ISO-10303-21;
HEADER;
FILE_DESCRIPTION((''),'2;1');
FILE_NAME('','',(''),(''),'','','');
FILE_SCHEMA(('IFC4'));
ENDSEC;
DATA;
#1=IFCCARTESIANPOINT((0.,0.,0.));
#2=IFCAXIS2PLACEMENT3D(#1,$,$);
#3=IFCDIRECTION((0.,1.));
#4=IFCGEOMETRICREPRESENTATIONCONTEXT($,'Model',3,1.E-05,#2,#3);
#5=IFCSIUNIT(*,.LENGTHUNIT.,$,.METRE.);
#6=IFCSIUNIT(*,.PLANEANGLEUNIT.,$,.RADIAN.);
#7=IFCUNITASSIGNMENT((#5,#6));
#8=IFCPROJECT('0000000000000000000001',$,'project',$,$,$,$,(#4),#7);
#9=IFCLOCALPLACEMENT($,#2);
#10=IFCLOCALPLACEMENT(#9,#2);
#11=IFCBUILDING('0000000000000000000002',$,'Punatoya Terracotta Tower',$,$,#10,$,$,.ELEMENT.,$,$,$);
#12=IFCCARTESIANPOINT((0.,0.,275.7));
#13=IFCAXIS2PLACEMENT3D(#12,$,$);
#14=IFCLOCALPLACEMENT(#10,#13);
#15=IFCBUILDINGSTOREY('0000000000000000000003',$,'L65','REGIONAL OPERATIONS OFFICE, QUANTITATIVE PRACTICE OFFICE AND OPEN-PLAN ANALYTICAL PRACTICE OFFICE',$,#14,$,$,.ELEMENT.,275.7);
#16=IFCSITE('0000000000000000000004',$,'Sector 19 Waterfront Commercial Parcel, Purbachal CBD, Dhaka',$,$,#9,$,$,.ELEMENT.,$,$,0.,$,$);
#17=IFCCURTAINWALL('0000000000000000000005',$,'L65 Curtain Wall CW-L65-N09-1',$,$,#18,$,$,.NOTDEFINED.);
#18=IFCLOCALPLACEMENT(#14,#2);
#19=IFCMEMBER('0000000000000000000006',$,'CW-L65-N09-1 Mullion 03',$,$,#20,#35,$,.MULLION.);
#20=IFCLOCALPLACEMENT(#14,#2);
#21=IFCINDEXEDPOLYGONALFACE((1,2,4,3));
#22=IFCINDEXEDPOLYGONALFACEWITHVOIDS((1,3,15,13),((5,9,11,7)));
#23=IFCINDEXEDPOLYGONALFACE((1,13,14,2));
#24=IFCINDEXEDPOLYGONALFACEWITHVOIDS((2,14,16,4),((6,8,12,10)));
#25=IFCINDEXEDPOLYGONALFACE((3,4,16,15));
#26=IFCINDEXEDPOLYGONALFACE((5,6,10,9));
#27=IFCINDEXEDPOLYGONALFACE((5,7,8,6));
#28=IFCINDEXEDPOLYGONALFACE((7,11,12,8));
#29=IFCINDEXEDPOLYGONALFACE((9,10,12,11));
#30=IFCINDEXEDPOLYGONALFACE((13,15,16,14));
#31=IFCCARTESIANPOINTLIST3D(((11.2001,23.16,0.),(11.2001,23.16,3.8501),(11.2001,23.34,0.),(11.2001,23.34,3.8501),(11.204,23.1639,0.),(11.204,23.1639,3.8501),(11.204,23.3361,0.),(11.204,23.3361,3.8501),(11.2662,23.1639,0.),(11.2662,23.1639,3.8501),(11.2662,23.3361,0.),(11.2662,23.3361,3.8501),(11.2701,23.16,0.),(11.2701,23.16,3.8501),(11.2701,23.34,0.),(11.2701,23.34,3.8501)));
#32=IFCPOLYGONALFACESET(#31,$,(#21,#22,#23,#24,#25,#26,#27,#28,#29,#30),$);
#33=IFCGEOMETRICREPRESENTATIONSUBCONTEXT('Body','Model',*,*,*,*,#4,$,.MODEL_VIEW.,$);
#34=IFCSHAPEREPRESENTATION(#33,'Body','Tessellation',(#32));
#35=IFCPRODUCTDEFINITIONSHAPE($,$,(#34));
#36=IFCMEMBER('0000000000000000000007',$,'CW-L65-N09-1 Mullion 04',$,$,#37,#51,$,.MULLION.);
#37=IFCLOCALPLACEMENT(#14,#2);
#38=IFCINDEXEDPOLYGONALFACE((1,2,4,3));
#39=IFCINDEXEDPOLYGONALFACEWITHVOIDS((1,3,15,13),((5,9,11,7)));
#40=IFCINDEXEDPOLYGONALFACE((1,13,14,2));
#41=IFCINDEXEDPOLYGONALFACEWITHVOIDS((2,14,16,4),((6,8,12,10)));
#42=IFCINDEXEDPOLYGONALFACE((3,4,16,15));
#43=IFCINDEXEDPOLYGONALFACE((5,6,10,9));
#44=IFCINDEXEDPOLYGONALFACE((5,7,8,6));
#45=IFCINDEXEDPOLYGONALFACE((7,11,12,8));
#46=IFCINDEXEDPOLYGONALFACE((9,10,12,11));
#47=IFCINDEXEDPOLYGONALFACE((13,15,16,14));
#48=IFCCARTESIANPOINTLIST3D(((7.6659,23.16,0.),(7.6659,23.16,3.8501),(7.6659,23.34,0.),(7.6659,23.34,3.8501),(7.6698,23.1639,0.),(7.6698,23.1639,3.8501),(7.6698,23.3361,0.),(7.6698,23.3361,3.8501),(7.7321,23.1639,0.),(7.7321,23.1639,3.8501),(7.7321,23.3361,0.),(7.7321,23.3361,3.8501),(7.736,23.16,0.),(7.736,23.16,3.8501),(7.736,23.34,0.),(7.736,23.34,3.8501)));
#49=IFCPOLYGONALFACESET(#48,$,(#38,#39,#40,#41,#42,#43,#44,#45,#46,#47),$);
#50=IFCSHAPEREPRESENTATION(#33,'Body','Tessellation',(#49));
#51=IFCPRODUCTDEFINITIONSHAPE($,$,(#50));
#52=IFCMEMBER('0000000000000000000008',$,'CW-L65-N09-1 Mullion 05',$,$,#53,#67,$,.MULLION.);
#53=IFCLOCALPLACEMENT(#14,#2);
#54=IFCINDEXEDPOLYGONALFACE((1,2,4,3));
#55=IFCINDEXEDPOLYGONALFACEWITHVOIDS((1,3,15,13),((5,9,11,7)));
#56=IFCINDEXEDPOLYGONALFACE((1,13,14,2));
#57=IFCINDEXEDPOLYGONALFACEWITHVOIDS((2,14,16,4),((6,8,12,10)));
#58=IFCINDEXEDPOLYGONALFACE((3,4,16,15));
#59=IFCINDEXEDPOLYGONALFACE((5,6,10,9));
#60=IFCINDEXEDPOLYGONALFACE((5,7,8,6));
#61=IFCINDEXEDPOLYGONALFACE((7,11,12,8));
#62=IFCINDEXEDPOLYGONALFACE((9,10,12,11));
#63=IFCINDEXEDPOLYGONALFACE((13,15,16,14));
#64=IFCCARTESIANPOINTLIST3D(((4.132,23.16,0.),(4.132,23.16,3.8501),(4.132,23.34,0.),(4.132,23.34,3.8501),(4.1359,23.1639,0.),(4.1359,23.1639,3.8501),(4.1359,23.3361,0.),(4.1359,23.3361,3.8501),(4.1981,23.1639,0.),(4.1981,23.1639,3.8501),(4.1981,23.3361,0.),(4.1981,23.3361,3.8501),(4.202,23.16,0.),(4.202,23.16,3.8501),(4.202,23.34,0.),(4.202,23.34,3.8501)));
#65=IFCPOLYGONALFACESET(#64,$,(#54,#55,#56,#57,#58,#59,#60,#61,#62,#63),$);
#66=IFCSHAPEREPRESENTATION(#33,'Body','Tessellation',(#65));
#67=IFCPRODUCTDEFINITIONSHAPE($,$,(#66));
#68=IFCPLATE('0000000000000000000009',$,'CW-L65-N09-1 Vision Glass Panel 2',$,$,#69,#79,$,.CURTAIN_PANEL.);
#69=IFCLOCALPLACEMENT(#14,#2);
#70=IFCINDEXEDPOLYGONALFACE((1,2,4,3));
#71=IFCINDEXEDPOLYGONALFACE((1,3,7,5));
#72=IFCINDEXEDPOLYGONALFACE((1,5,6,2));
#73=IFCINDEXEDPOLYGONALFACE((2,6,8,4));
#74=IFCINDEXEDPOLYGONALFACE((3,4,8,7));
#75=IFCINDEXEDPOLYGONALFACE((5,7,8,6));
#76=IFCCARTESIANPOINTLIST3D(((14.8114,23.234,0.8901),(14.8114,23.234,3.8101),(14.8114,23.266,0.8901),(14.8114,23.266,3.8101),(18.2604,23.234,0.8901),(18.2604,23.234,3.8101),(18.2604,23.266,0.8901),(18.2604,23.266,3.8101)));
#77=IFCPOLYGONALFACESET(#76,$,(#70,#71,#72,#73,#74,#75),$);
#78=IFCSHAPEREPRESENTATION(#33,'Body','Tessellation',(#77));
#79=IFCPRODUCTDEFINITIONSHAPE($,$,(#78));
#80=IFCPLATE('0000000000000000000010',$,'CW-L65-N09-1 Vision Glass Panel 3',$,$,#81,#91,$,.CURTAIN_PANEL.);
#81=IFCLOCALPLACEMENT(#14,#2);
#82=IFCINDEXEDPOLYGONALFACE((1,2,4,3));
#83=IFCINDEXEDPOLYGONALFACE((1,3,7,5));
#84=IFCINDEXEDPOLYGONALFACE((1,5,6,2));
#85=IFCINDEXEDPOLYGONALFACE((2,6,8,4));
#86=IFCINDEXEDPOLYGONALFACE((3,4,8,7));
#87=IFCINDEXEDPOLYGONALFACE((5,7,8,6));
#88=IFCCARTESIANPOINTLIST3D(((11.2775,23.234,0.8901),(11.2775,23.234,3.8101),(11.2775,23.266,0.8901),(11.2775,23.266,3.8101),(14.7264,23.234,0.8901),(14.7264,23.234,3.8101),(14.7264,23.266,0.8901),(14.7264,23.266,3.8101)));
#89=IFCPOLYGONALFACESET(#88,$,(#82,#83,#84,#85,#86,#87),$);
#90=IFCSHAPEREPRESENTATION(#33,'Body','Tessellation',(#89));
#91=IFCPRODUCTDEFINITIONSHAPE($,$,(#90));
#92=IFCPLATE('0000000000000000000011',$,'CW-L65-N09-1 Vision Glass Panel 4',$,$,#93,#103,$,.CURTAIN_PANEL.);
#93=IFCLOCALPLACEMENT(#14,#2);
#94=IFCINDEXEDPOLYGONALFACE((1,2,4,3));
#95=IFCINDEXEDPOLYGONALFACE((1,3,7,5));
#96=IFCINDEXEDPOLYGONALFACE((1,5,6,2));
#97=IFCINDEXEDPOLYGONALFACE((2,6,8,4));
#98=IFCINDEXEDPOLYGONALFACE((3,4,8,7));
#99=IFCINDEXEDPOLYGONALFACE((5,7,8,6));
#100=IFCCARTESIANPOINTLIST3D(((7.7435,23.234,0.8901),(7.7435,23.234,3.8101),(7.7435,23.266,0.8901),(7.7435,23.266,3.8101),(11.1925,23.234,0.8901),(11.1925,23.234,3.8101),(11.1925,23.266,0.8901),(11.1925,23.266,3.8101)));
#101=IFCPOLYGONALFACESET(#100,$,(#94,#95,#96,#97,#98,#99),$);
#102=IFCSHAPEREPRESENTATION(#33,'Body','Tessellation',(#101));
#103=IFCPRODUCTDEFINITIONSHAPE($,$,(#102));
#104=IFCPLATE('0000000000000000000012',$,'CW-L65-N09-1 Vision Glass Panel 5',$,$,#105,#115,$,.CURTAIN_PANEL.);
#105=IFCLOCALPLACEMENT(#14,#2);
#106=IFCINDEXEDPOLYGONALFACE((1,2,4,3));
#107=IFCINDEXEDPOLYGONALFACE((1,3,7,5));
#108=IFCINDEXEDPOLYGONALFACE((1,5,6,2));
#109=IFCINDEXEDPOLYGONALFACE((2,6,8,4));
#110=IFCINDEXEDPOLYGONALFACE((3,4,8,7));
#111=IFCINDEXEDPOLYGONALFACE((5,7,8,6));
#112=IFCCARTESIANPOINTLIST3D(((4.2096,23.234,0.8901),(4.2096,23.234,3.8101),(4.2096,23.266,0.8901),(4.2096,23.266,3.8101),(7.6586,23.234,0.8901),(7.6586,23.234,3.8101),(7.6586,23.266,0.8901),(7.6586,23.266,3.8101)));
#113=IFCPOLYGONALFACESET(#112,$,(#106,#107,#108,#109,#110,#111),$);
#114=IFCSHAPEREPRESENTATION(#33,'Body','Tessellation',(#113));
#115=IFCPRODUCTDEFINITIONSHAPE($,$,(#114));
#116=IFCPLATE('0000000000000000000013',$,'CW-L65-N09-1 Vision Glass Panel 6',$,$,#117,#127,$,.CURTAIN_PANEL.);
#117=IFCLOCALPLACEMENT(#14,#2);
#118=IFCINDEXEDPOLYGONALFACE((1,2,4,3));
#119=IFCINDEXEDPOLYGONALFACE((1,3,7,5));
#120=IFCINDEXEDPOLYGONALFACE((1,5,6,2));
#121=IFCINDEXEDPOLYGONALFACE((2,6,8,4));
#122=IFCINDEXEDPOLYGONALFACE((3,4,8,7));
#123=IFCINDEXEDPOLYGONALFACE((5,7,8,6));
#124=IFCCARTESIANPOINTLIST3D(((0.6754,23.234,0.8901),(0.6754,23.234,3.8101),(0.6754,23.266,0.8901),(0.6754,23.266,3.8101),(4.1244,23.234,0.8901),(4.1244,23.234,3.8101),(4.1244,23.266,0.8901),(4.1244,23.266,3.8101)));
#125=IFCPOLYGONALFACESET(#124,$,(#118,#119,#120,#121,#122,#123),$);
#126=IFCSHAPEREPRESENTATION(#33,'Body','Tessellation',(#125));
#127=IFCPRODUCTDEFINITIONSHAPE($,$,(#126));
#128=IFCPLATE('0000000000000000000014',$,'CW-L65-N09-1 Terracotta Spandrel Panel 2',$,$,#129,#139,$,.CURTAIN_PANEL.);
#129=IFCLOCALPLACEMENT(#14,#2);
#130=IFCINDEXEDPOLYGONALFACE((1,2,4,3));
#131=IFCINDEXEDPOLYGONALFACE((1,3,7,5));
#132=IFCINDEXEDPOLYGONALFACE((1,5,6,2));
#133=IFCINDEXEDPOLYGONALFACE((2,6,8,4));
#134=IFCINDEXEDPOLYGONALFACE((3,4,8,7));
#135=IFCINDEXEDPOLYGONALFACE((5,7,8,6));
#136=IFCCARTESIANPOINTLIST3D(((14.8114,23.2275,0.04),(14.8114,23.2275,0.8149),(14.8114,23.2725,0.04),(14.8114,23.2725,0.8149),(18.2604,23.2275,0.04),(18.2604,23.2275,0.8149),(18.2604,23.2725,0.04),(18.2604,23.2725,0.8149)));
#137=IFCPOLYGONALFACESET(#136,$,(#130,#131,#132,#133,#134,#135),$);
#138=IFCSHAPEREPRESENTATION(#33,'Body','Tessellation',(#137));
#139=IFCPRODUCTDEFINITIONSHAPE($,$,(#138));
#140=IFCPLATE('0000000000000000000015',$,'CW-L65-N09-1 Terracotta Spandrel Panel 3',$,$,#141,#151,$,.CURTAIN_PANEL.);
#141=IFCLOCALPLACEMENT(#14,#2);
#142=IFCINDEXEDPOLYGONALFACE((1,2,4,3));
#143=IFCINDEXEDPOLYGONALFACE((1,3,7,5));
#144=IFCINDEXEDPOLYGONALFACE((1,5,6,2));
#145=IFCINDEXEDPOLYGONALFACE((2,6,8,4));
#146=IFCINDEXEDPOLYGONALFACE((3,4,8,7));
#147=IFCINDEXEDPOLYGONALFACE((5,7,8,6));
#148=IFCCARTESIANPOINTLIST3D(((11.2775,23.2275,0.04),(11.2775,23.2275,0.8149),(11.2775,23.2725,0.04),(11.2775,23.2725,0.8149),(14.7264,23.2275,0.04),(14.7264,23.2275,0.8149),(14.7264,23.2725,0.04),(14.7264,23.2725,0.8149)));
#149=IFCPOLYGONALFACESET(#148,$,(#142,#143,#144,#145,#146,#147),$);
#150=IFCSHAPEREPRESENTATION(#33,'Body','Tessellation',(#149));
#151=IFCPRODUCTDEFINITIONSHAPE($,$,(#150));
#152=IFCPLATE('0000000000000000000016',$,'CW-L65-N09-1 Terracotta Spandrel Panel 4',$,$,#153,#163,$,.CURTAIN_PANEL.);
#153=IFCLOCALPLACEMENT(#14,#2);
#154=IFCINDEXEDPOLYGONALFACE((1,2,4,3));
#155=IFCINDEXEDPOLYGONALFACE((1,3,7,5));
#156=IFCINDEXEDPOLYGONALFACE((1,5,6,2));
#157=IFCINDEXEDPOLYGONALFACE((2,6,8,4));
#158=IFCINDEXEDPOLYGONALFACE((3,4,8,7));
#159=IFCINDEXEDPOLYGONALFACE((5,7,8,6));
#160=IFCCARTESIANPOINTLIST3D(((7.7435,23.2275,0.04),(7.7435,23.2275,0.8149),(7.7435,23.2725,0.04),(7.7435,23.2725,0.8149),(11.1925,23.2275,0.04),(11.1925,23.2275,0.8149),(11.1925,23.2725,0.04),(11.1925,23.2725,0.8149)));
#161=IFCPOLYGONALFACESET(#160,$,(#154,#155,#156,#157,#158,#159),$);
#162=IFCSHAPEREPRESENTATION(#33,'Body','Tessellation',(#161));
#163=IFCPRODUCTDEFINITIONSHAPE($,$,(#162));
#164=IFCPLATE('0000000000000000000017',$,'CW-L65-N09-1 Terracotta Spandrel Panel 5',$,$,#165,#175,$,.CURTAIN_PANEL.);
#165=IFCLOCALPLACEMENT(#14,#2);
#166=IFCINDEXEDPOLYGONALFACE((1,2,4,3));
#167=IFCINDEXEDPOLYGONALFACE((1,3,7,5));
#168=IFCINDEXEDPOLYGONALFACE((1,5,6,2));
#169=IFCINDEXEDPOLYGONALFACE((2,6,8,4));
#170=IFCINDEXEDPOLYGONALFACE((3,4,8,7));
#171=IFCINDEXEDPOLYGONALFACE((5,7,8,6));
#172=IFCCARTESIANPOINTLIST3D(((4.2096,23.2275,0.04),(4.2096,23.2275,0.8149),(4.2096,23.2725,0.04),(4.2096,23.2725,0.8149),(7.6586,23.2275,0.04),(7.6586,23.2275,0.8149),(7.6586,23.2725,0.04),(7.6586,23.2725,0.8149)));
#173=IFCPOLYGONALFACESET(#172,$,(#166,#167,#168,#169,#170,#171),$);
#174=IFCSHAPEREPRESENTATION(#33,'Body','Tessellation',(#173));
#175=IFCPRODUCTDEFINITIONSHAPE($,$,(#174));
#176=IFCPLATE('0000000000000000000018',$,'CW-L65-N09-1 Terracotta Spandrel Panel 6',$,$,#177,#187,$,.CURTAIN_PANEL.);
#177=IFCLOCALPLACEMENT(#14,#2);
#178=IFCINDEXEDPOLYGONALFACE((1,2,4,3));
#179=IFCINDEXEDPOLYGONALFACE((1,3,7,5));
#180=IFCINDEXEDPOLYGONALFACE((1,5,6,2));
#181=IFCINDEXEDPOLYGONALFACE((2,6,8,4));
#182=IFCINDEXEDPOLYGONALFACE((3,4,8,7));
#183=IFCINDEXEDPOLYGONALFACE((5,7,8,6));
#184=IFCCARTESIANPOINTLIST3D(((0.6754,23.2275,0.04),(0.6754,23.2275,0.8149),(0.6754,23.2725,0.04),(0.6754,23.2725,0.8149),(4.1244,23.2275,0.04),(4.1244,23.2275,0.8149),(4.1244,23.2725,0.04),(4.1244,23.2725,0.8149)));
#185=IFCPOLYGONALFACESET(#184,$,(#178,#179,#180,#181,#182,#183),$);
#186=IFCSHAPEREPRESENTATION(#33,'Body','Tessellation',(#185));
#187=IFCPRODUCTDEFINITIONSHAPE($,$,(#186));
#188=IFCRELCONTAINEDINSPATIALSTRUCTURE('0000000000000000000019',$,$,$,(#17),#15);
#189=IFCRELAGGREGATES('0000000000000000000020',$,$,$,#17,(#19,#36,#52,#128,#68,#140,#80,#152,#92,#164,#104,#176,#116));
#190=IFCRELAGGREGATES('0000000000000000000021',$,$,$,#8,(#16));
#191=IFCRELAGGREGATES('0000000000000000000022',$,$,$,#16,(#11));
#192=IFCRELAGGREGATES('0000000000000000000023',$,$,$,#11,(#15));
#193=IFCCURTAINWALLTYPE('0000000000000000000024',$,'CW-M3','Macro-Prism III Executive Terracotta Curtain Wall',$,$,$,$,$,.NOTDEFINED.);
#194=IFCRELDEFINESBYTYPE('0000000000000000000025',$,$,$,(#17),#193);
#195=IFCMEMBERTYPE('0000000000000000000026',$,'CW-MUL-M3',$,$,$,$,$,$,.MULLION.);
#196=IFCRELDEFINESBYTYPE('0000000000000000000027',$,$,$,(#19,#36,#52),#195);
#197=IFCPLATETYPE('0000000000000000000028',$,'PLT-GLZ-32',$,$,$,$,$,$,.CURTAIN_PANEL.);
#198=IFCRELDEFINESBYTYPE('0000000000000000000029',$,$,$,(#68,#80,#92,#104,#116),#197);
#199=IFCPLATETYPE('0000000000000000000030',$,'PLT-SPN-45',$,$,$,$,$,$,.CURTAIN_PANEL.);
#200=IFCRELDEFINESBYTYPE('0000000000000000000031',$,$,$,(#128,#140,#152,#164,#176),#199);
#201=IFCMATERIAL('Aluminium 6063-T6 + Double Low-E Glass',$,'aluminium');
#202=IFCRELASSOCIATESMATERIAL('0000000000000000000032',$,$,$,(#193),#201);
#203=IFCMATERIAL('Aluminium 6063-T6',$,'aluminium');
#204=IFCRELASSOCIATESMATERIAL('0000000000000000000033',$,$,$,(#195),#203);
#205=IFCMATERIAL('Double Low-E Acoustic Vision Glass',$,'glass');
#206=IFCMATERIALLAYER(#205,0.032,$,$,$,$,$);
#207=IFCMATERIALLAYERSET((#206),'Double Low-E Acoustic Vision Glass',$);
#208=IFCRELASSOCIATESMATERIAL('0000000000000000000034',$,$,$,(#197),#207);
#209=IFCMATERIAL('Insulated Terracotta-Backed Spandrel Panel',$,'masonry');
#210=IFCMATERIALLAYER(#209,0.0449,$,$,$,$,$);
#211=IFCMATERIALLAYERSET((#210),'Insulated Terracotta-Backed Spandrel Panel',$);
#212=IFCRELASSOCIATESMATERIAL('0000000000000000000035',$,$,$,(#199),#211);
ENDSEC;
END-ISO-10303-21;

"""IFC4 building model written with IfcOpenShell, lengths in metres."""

from ifc_helpers import new_model, si_unit, direction, frame, origin, origin_2d, place, context, subcontext, project, spatial, rectangle, hollow_rectangle, extrude, material, layer, layer_set, material_profile, profile_set, type_object, element, aggregate, save


model = new_model("IFC4")

# Units and contexts
model_context = context("Model", 3, precision=1e-05, world=origin(), true_north=direction((0.0, 1.0)))
body_context = subcontext(model_context, "Body", "Model", "MODEL_VIEW")
ifc_project = project(units=[si_unit("LENGTHUNIT", "METRE"), si_unit("PLANEANGLEUNIT", "RADIAN")], contexts=[model_context])

# Site, building, storey
site_placement = place(None, origin())
site = spatial("IfcSite", under=ifc_project, at=site_placement, Name="Sector 19 Waterfront Commercial Parcel, Purbachal CBD, Dhaka", CompositionType="ELEMENT", RefElevation=0.0)
building_placement = place(site_placement, origin())
building = spatial("IfcBuilding", under=site, at=building_placement, Name="Punatoya Terracotta Tower", CompositionType="ELEMENT")
storey_placement = place(building_placement, frame((0.0, 0.0, 275.7)))
storey = spatial("IfcBuildingStorey", under=building, at=storey_placement, Name="L65", Description="REGIONAL OPERATIONS OFFICE, QUANTITATIVE PRACTICE OFFICE AND OPEN-PLAN ANALYTICAL PRACTICE OFFICE", CompositionType="ELEMENT", Elevation=275.7)

# Curtain wall, members, plates
ifc_material_1 = material(Name="Aluminium 6063-T6 + Double Low-E Glass", Category="aluminium")
curtain_wall_type = type_object("IfcCurtainWallType", Name="CW-M3", Description="Macro-Prism III Executive Terracotta Curtain Wall", PredefinedType="NOTDEFINED", material=ifc_material_1)
curtain_wall_placement = place(storey_placement, origin())
curtain_wall = element("IfcCurtainWall", 1, at=curtain_wall_placement, inside=storey, type_object=curtain_wall_type, Name="L65 Curtain Wall CW-L65-N09-1", PredefinedType="NOTDEFINED")
ifc_material_2 = material(Name="Aluminium 6063-T6", Category="aluminium")
ifc_material_profile_1 = material_profile(ifc_material_2, hollow_rectangle(XDim=0.0701, YDim=0.1799, WallThickness=0.0039, at=origin_2d()))
ifc_profile_set_1 = profile_set([ifc_material_profile_1], Name="Aluminium 6063-T6")
member_type = type_object("IfcMemberType", Name="CW-MUL-M3", PredefinedType="MULLION", material=ifc_profile_set_1)
member_1_placement = place(storey_placement, frame((11.2351, 23.25, 0.0), z_axis=(0.0, 0.0, 1.0), x_axis=(1.0, 0.0, 0.0)))
member_1 = element("IfcMember", 2, at=member_1_placement, type_object=member_type, Name="CW-L65-N09-1 Mullion 03", PredefinedType="MULLION", context=body_context, shape_type="SweptSolid", body=[
    extrude(hollow_rectangle(XDim=0.0701, YDim=0.1799, WallThickness=0.0039, at=origin_2d()), origin(), (0.0, 0.0, 1.0), 3.8501),
])
member_2_placement = place(storey_placement, frame((7.7009, 23.25, 0.0), z_axis=(0.0, 0.0, 1.0), x_axis=(1.0, 0.0, 0.0)))
member_2 = element("IfcMember", 3, at=member_2_placement, type_object=member_type, Name="CW-L65-N09-1 Mullion 04", PredefinedType="MULLION", context=body_context, shape_type="SweptSolid", body=[
    extrude(hollow_rectangle(XDim=0.0701, YDim=0.1799, WallThickness=0.0039, at=origin_2d()), origin(), (0.0, 0.0, 1.0), 3.8501),
])
member_3_placement = place(storey_placement, frame((4.167, 23.25, 0.0), z_axis=(0.0, 0.0, 1.0), x_axis=(1.0, 0.0, 0.0)))
member_3 = element("IfcMember", 4, at=member_3_placement, type_object=member_type, Name="CW-L65-N09-1 Mullion 05", PredefinedType="MULLION", context=body_context, shape_type="SweptSolid", body=[
    extrude(hollow_rectangle(XDim=0.0701, YDim=0.1799, WallThickness=0.0039, at=origin_2d()), origin(), (0.0, 0.0, 1.0), 3.8501),
])
ifc_material_3 = material(Name="Double Low-E Acoustic Vision Glass", Category="glass")
ifc_layer_1 = layer(ifc_material_3, 0.032)
ifc_layer_set_1 = layer_set([ifc_layer_1], Name="Double Low-E Acoustic Vision Glass")
plate_type_1 = type_object("IfcPlateType", Name="PLT-GLZ-32", PredefinedType="CURTAIN_PANEL", material=ifc_layer_set_1)
plate_1_placement = place(storey_placement, frame((16.5359, 23.25, 0.8901), z_axis=(0.0, 0.0, 1.0), x_axis=(-1.0, 0.0, 0.0)))
plate_1 = element("IfcPlate", 5, at=plate_1_placement, type_object=plate_type_1, Name="CW-L65-N09-1 Vision Glass Panel 2", PredefinedType="CURTAIN_PANEL", context=body_context, shape_type="SweptSolid", body=[
    extrude(rectangle(XDim=3.449, YDim=0.032, at=origin_2d()), origin(), (0.0, 0.0, 1.0), 2.9199),
])
plate_2_placement = place(storey_placement, frame((13.002, 23.25, 0.8901), z_axis=(0.0, 0.0, 1.0), x_axis=(-1.0, 0.0, 0.0)))
plate_2 = element("IfcPlate", 6, at=plate_2_placement, type_object=plate_type_1, Name="CW-L65-N09-1 Vision Glass Panel 3", PredefinedType="CURTAIN_PANEL", context=body_context, shape_type="SweptSolid", body=[
    extrude(rectangle(XDim=3.449, YDim=0.032, at=origin_2d()), origin(), (0.0, 0.0, 1.0), 2.9199),
])
plate_3_placement = place(storey_placement, frame((9.468, 23.25, 0.8901), z_axis=(0.0, 0.0, 1.0), x_axis=(-1.0, 0.0, 0.0)))
plate_3 = element("IfcPlate", 7, at=plate_3_placement, type_object=plate_type_1, Name="CW-L65-N09-1 Vision Glass Panel 4", PredefinedType="CURTAIN_PANEL", context=body_context, shape_type="SweptSolid", body=[
    extrude(rectangle(XDim=3.449, YDim=0.032, at=origin_2d()), origin(), (0.0, 0.0, 1.0), 2.9199),
])
plate_4_placement = place(storey_placement, frame((5.9341, 23.25, 0.8901), z_axis=(0.0, 0.0, 1.0), x_axis=(-1.0, 0.0, 0.0)))
plate_4 = element("IfcPlate", 8, at=plate_4_placement, type_object=plate_type_1, Name="CW-L65-N09-1 Vision Glass Panel 5", PredefinedType="CURTAIN_PANEL", context=body_context, shape_type="SweptSolid", body=[
    extrude(rectangle(XDim=3.449, YDim=0.032, at=origin_2d()), origin(), (0.0, 0.0, 1.0), 2.9199),
])
plate_5_placement = place(storey_placement, frame((2.3999, 23.25, 0.8901), z_axis=(0.0, 0.0, 1.0), x_axis=(-1.0, 0.0, 0.0)))
plate_5 = element("IfcPlate", 9, at=plate_5_placement, type_object=plate_type_1, Name="CW-L65-N09-1 Vision Glass Panel 6", PredefinedType="CURTAIN_PANEL", context=body_context, shape_type="SweptSolid", body=[
    extrude(rectangle(XDim=3.449, YDim=0.032, at=origin_2d()), origin(), (0.0, 0.0, 1.0), 2.9199),
])
ifc_material_4 = material(Name="Insulated Terracotta-Backed Spandrel Panel", Category="masonry")
ifc_layer_2 = layer(ifc_material_4, 0.0449)
ifc_layer_set_2 = layer_set([ifc_layer_2], Name="Insulated Terracotta-Backed Spandrel Panel")
plate_type_2 = type_object("IfcPlateType", Name="PLT-SPN-45", PredefinedType="CURTAIN_PANEL", material=ifc_layer_set_2)
plate_6_placement = place(storey_placement, frame((16.5359, 23.25, 0.04), z_axis=(0.0, 0.0, 1.0), x_axis=(-1.0, 0.0, 0.0)))
plate_6 = element("IfcPlate", 10, at=plate_6_placement, type_object=plate_type_2, Name="CW-L65-N09-1 Terracotta Spandrel Panel 2", PredefinedType="CURTAIN_PANEL", context=body_context, shape_type="SweptSolid", body=[
    extrude(rectangle(XDim=3.449, YDim=0.0449, at=origin_2d()), origin(), (0.0, 0.0, 1.0), 0.7749),
])
plate_7_placement = place(storey_placement, frame((13.002, 23.25, 0.04), z_axis=(0.0, 0.0, 1.0), x_axis=(-1.0, 0.0, 0.0)))
plate_7 = element("IfcPlate", 11, at=plate_7_placement, type_object=plate_type_2, Name="CW-L65-N09-1 Terracotta Spandrel Panel 3", PredefinedType="CURTAIN_PANEL", context=body_context, shape_type="SweptSolid", body=[
    extrude(rectangle(XDim=3.449, YDim=0.0449, at=origin_2d()), origin(), (0.0, 0.0, 1.0), 0.7749),
])
plate_8_placement = place(storey_placement, frame((9.468, 23.25, 0.04), z_axis=(0.0, 0.0, 1.0), x_axis=(-1.0, 0.0, 0.0)))
plate_8 = element("IfcPlate", 12, at=plate_8_placement, type_object=plate_type_2, Name="CW-L65-N09-1 Terracotta Spandrel Panel 4", PredefinedType="CURTAIN_PANEL", context=body_context, shape_type="SweptSolid", body=[
    extrude(rectangle(XDim=3.449, YDim=0.0449, at=origin_2d()), origin(), (0.0, 0.0, 1.0), 0.7749),
])
plate_9_placement = place(storey_placement, frame((5.9341, 23.25, 0.04), z_axis=(0.0, 0.0, 1.0), x_axis=(-1.0, 0.0, 0.0)))
plate_9 = element("IfcPlate", 13, at=plate_9_placement, type_object=plate_type_2, Name="CW-L65-N09-1 Terracotta Spandrel Panel 5", PredefinedType="CURTAIN_PANEL", context=body_context, shape_type="SweptSolid", body=[
    extrude(rectangle(XDim=3.449, YDim=0.0449, at=origin_2d()), origin(), (0.0, 0.0, 1.0), 0.7749),
])
plate_10_placement = place(storey_placement, frame((2.3999, 23.25, 0.04), z_axis=(0.0, 0.0, 1.0), x_axis=(-1.0, 0.0, 0.0)))
plate_10 = element("IfcPlate", 14, at=plate_10_placement, type_object=plate_type_2, Name="CW-L65-N09-1 Terracotta Spandrel Panel 6", PredefinedType="CURTAIN_PANEL", context=body_context, shape_type="SweptSolid", body=[
    extrude(rectangle(XDim=3.449, YDim=0.0449, at=origin_2d()), origin(), (0.0, 0.0, 1.0), 0.7749),
])
aggregate(curtain_wall, [member_1, member_2, member_3, plate_6, plate_1, plate_7, plate_2, plate_8, plate_3, plate_9, plate_4, plate_10, plate_5])

save(model, "model.ifc")
